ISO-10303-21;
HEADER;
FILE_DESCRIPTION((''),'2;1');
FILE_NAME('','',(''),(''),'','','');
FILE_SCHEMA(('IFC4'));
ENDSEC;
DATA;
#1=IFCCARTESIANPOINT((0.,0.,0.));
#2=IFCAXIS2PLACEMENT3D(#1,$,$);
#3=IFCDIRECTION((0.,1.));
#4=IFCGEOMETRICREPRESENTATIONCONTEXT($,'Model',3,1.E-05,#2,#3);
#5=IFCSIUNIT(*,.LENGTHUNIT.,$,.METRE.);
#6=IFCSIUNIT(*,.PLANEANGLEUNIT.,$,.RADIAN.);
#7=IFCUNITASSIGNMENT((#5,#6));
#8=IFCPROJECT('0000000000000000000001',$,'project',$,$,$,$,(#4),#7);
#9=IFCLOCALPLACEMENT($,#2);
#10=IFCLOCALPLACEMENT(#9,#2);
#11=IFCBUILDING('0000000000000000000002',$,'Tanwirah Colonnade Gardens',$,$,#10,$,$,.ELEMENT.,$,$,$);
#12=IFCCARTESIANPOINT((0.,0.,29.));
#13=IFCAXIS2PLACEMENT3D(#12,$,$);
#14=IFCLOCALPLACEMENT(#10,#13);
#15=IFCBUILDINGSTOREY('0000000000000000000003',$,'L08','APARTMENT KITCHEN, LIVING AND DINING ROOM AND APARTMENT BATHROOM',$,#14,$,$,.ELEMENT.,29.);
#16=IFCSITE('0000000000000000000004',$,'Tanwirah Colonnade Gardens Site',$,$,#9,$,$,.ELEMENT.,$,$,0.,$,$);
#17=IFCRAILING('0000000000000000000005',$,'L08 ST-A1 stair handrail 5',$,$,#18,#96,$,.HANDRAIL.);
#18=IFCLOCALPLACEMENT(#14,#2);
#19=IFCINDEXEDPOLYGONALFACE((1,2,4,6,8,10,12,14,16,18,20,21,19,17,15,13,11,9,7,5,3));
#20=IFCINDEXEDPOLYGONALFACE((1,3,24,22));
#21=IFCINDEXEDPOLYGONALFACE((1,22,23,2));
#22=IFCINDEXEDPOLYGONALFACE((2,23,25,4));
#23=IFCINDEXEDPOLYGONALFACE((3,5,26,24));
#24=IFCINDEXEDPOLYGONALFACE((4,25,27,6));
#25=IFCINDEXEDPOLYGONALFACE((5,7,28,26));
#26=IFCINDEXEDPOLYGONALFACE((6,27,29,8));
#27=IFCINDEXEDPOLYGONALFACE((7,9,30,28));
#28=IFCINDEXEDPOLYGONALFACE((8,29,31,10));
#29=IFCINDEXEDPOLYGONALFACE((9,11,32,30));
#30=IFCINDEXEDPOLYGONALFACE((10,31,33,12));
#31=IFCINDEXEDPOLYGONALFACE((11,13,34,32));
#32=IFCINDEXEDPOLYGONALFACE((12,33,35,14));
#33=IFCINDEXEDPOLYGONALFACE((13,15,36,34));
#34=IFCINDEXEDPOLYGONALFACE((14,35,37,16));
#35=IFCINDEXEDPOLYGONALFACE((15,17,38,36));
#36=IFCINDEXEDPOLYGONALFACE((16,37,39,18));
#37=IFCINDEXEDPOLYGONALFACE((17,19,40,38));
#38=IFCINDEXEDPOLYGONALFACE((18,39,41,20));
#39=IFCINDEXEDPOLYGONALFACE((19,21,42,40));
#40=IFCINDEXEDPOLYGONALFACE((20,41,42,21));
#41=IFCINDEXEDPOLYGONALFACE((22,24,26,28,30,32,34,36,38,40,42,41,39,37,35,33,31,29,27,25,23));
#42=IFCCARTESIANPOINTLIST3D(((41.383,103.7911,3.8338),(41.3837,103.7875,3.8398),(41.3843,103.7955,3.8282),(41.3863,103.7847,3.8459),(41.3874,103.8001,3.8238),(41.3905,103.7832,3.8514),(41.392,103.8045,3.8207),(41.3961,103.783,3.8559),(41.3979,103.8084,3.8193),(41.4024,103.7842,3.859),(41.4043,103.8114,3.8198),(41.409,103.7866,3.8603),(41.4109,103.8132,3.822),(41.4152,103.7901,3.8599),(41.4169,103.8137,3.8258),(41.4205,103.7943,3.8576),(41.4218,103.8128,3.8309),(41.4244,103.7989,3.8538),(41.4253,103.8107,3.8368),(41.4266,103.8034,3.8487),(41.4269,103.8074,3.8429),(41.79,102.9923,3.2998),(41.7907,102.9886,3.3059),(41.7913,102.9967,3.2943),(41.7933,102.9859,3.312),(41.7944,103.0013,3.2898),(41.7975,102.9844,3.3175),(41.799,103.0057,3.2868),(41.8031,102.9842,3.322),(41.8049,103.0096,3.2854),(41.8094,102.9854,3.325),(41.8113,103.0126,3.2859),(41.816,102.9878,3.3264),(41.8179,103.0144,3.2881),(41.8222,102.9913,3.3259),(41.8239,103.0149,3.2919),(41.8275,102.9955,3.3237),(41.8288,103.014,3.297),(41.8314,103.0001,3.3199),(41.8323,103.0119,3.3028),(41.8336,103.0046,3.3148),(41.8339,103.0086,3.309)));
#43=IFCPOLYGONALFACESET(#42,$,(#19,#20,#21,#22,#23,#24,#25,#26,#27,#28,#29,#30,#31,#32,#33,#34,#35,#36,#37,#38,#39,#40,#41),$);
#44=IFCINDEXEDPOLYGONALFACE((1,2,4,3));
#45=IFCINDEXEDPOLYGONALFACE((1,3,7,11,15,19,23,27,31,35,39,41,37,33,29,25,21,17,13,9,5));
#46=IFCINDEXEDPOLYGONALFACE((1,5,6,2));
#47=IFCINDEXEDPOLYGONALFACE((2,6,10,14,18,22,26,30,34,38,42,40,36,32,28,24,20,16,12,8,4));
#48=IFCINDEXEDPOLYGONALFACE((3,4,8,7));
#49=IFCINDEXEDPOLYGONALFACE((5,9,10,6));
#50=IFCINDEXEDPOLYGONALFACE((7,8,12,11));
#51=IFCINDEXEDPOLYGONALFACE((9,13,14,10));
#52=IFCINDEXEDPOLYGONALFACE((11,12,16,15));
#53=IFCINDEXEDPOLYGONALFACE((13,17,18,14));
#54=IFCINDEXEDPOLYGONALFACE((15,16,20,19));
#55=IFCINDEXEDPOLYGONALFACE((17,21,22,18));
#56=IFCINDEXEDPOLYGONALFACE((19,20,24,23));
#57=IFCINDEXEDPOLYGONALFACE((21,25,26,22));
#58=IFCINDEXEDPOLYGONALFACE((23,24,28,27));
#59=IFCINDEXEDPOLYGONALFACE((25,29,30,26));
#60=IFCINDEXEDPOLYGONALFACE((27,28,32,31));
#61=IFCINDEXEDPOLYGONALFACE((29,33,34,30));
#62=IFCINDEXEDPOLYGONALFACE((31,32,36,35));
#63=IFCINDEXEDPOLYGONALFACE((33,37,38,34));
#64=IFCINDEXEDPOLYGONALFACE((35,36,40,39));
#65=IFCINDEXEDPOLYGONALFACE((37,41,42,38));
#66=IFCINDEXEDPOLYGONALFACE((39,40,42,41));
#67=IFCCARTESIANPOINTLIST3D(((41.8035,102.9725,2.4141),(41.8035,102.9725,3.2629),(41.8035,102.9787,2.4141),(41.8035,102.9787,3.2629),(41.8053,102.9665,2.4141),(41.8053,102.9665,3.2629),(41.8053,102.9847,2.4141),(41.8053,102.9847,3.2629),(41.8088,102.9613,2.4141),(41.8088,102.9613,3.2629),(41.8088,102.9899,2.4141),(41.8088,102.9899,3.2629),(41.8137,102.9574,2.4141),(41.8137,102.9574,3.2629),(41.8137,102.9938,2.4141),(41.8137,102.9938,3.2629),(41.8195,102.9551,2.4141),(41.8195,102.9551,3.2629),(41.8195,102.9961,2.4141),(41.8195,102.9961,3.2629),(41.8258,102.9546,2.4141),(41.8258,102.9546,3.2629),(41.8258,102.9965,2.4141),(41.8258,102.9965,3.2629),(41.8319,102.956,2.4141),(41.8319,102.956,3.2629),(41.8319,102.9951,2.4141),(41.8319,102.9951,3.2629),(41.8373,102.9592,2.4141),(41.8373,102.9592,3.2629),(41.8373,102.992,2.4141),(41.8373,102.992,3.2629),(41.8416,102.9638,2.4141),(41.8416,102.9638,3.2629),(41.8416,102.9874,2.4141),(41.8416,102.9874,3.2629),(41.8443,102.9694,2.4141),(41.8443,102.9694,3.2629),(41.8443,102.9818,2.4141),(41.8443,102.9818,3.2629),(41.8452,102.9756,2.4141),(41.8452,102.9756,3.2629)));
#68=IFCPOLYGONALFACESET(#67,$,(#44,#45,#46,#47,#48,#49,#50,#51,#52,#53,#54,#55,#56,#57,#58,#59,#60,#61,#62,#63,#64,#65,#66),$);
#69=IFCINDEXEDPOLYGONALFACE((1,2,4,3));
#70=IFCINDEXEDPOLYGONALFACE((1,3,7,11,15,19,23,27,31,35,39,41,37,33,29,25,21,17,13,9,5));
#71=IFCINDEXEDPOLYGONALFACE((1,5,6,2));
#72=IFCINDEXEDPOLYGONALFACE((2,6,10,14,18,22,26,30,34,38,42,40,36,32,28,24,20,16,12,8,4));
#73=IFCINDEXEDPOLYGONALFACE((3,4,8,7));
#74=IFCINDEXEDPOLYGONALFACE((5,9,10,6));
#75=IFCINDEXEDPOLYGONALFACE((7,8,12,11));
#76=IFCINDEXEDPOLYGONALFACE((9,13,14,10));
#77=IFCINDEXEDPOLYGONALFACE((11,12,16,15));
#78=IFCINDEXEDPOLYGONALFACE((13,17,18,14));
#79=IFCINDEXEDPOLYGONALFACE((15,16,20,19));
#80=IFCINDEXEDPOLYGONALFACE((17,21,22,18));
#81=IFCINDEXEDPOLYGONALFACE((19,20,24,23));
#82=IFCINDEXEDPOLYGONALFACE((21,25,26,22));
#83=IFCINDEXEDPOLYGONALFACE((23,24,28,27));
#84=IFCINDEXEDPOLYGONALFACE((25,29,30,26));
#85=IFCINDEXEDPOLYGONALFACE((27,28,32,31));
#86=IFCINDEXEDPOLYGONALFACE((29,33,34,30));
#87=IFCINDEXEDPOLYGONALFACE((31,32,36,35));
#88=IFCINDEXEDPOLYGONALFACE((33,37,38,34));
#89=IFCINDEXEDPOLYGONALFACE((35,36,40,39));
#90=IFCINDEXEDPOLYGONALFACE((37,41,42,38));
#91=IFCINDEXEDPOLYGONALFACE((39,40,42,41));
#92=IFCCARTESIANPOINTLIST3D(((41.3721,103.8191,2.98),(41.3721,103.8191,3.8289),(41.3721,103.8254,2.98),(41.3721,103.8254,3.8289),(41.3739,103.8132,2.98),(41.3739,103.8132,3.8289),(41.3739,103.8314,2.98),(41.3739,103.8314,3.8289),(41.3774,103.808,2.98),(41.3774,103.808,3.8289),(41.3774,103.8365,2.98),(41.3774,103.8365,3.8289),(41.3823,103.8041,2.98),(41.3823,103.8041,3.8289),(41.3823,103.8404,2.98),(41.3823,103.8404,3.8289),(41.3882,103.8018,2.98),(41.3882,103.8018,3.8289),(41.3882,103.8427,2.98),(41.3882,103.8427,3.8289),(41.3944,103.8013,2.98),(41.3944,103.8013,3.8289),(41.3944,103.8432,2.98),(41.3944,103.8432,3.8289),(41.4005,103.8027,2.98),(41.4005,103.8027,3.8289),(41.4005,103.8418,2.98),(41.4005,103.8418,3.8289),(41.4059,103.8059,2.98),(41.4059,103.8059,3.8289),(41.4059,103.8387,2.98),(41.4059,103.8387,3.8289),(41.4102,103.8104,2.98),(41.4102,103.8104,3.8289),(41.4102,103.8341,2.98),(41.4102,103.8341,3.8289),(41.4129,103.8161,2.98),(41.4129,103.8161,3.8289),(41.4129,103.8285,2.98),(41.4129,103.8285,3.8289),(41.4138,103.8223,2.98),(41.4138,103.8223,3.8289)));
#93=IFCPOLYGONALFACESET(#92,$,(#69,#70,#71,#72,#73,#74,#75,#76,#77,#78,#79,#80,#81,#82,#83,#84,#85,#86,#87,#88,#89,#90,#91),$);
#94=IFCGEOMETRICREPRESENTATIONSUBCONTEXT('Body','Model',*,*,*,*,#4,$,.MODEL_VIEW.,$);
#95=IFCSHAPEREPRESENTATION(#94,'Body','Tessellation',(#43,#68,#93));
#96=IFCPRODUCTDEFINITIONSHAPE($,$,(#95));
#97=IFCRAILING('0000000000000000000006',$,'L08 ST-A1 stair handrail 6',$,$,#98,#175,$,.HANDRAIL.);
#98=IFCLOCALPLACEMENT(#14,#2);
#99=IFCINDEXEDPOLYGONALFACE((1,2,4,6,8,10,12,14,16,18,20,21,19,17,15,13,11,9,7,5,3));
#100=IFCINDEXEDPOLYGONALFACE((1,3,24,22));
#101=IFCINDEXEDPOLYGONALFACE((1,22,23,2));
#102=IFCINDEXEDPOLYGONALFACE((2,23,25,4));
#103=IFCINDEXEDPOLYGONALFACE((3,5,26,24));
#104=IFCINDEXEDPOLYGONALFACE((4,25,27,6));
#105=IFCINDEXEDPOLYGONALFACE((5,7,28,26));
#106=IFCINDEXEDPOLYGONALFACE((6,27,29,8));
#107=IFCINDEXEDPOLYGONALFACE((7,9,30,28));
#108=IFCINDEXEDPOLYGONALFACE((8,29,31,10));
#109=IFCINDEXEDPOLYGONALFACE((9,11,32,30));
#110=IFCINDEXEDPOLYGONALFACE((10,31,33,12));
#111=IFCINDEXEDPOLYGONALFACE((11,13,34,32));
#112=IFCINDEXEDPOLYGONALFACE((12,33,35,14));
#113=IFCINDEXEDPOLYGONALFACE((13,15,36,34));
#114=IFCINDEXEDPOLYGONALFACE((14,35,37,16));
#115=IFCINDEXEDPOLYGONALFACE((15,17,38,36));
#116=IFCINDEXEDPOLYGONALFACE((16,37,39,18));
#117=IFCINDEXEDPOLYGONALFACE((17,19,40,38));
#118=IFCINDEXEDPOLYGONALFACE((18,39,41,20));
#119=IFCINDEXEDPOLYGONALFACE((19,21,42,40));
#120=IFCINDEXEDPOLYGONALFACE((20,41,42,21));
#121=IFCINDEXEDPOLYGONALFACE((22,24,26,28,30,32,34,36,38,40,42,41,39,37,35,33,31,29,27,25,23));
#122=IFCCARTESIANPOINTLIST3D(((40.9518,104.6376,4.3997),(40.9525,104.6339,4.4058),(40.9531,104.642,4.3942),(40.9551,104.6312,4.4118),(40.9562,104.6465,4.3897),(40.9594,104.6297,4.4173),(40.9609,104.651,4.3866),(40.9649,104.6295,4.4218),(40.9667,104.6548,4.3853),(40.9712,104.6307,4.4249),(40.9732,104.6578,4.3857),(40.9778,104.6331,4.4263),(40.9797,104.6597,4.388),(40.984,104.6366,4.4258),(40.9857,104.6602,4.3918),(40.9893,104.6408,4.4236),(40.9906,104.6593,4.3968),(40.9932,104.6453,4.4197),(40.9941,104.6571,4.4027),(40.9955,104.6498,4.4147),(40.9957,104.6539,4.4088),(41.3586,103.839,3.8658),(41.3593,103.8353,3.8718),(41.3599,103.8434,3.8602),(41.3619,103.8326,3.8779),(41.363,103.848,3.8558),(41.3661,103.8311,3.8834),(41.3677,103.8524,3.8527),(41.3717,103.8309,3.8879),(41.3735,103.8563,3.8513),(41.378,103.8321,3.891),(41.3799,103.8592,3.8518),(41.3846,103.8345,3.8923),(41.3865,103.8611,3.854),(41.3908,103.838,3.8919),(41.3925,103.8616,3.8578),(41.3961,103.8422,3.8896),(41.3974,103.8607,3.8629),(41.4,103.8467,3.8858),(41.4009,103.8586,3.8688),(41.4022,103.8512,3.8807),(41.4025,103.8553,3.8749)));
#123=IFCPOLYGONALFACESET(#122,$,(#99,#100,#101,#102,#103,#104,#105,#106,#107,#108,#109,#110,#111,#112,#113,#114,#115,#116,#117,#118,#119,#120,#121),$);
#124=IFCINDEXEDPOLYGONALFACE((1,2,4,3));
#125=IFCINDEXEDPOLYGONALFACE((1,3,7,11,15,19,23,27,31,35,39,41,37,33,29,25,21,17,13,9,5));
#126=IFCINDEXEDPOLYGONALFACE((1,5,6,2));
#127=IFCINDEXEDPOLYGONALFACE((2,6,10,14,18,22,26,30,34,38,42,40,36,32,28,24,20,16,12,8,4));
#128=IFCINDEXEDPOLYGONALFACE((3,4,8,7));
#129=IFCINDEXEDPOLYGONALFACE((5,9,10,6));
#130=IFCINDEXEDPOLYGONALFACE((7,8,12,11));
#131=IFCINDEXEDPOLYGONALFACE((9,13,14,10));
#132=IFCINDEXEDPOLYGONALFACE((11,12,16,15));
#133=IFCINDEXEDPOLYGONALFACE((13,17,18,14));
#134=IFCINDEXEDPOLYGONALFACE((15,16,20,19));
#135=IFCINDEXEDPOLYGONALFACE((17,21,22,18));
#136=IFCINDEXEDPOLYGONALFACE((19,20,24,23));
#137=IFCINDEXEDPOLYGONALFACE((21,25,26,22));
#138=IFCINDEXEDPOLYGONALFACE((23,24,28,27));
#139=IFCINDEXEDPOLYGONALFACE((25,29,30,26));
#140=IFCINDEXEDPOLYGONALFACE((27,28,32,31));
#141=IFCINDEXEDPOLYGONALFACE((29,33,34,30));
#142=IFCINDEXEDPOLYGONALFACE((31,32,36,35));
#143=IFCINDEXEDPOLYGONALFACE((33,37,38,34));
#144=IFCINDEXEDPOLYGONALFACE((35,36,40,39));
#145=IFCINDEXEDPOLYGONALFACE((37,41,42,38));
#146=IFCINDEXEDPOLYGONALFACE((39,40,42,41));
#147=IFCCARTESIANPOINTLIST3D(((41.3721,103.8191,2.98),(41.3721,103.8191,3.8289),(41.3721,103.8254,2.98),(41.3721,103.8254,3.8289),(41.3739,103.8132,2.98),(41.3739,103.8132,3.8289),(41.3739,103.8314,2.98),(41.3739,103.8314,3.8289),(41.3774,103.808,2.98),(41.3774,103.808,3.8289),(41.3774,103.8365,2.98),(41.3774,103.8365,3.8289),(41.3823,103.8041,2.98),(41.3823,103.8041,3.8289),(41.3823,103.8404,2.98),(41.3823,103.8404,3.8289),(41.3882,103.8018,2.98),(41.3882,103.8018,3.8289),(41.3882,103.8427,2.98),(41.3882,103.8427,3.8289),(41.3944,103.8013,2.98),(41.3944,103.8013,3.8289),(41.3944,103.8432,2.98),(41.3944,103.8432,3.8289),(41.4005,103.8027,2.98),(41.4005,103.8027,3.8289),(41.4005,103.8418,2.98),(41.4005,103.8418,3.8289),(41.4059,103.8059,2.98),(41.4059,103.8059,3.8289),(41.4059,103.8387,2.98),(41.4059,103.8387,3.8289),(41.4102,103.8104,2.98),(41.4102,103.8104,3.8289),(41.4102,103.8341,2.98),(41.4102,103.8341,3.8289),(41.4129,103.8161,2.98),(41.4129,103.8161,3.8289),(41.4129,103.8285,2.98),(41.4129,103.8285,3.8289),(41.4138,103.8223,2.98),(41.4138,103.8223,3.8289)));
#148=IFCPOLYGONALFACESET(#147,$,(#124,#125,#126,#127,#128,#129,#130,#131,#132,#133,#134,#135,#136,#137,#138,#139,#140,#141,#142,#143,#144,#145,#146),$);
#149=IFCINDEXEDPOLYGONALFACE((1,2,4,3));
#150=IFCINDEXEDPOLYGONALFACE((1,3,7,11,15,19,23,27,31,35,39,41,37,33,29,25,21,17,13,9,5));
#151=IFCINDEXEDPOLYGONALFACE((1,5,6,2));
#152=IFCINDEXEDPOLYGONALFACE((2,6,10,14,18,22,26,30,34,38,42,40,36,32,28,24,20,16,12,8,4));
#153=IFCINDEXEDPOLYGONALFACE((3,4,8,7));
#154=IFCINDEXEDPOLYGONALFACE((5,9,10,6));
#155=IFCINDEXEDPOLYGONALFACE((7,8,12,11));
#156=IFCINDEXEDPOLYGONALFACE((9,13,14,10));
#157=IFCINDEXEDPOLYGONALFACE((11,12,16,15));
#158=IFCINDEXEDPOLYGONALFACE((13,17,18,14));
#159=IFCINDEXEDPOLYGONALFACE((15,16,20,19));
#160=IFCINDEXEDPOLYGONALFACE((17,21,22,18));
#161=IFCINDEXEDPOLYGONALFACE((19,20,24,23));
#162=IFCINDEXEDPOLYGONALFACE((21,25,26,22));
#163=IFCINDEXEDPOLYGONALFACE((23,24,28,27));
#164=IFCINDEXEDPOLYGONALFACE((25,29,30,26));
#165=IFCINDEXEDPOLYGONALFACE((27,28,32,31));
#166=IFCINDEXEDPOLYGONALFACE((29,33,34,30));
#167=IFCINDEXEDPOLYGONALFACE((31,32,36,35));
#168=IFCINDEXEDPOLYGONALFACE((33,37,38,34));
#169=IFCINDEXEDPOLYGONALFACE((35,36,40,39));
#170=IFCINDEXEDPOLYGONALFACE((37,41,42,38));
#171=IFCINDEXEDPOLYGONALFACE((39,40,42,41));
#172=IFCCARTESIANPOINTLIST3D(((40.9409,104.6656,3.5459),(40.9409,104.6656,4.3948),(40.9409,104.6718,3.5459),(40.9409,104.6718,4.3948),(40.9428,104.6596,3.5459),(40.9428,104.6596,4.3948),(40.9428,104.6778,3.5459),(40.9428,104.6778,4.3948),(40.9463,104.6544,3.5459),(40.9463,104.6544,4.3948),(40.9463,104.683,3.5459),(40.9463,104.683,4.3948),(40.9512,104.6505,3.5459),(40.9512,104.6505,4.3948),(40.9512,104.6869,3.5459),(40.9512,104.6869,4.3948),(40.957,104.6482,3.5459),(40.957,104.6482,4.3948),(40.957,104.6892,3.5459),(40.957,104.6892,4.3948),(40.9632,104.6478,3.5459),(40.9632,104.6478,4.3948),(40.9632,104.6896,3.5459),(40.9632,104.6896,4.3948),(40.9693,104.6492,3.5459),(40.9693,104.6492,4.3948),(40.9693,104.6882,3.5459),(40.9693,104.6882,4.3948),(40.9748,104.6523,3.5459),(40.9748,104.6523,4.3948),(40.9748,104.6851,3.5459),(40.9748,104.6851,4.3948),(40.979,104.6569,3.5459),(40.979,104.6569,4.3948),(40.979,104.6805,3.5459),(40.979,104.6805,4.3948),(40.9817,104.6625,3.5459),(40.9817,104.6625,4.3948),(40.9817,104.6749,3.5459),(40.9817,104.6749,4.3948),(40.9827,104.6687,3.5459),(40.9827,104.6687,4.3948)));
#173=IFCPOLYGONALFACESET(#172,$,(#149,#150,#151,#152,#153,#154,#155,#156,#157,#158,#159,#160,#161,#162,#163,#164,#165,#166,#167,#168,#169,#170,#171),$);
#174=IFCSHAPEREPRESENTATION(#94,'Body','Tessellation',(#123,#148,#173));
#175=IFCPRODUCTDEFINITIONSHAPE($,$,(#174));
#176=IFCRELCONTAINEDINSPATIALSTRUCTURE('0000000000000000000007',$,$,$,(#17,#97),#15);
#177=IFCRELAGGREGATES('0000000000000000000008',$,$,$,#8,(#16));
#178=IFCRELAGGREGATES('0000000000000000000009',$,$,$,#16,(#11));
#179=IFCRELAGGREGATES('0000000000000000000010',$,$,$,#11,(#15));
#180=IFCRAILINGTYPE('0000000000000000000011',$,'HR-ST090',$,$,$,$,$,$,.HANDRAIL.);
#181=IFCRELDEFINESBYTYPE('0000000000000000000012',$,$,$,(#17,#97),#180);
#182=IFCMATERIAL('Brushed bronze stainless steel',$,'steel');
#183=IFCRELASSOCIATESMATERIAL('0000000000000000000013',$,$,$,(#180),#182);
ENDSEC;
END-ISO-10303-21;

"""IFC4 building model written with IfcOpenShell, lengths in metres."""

from ifc_helpers import new_model, si_unit, direction, frame, origin, origin_2d, place, context, subcontext, project, spatial, circle, extrude, material, type_object, element, save


model = new_model("IFC4")

# Units and contexts
model_context = context("Model", 3, precision=1e-05, world=origin(), true_north=direction((0.0, 1.0)))
body_context = subcontext(model_context, "Body", "Model", "MODEL_VIEW")
ifc_project = project(units=[si_unit("LENGTHUNIT", "METRE"), si_unit("PLANEANGLEUNIT", "RADIAN")], contexts=[model_context])

# Site, building, storey
site_placement = place(None, origin())
site = spatial("IfcSite", under=ifc_project, at=site_placement, Name="Tanwirah Colonnade Gardens Site", CompositionType="ELEMENT", RefElevation=0.0)
building_placement = place(site_placement, origin())
building = spatial("IfcBuilding", under=site, at=building_placement, Name="Tanwirah Colonnade Gardens", CompositionType="ELEMENT")
storey_placement = place(building_placement, frame((0.0, 0.0, 29.0)))
storey = spatial("IfcBuildingStorey", under=building, at=storey_placement, Name="L08", Description="APARTMENT KITCHEN, LIVING AND DINING ROOM AND APARTMENT BATHROOM", CompositionType="ELEMENT", Elevation=29.0)

# Railings
ifc_material_1 = material(Name="Brushed bronze stainless steel", Category="steel")
railing_type_1 = type_object("IfcRailingType", Name="HR-ST090", PredefinedType="HANDRAIL", material=ifc_material_1)
railing_1_placement = place(storey_placement, frame((41.8242, 102.9756, 2.4141)))
element("IfcRailing", 1, at=railing_1_placement, inside=storey, type_object=railing_type_1, Name="L08 ST-A1 stair handrail 5", PredefinedType="HANDRAIL", context=body_context, shape_type="SweptSolid", body=[
    extrude(circle(Radius=0.0239, at=origin_2d()), frame((-0.0122, 0.0239, 0.8918), z_axis=(-0.390052, 0.765534, 0.511681), x_axis=(-0.89101, -0.453984, 0.0)), (0.0, 0.0, 1.0), 1.0435),
    extrude(circle(Radius=0.021, at=origin_2d()), origin(), (0.0, 0.0, 1.0), 0.8489),
    extrude(circle(Radius=0.021, at=origin_2d()), frame((-0.4314, 0.8467, 0.5659)), (0.0, 0.0, 1.0), 0.8489),
])
railing_2_placement = place(storey_placement, frame((41.3928, 103.8223, 2.98)))
element("IfcRailing", 2, at=railing_2_placement, inside=storey, type_object=railing_type_1, Name="L08 ST-A1 stair handrail 6", PredefinedType="HANDRAIL", context=body_context, shape_type="SweptSolid", body=[
    extrude(circle(Radius=0.0239, at=origin_2d()), frame((-0.0122, 0.0239, 0.8918), z_axis=(-0.38993, 0.765509, 0.511811), x_axis=(-0.891061, -0.453883, 0.0)), (0.0, 0.0, 1.0), 1.0432),
    extrude(circle(Radius=0.021, at=origin_2d()), origin(), (0.0, 0.0, 1.0), 0.8489),
    extrude(circle(Radius=0.021, at=origin_2d()), frame((-0.4312, 0.8464, 0.5659)), (0.0, 0.0, 1.0), 0.8489),
])

save(model, "model.ifc")
